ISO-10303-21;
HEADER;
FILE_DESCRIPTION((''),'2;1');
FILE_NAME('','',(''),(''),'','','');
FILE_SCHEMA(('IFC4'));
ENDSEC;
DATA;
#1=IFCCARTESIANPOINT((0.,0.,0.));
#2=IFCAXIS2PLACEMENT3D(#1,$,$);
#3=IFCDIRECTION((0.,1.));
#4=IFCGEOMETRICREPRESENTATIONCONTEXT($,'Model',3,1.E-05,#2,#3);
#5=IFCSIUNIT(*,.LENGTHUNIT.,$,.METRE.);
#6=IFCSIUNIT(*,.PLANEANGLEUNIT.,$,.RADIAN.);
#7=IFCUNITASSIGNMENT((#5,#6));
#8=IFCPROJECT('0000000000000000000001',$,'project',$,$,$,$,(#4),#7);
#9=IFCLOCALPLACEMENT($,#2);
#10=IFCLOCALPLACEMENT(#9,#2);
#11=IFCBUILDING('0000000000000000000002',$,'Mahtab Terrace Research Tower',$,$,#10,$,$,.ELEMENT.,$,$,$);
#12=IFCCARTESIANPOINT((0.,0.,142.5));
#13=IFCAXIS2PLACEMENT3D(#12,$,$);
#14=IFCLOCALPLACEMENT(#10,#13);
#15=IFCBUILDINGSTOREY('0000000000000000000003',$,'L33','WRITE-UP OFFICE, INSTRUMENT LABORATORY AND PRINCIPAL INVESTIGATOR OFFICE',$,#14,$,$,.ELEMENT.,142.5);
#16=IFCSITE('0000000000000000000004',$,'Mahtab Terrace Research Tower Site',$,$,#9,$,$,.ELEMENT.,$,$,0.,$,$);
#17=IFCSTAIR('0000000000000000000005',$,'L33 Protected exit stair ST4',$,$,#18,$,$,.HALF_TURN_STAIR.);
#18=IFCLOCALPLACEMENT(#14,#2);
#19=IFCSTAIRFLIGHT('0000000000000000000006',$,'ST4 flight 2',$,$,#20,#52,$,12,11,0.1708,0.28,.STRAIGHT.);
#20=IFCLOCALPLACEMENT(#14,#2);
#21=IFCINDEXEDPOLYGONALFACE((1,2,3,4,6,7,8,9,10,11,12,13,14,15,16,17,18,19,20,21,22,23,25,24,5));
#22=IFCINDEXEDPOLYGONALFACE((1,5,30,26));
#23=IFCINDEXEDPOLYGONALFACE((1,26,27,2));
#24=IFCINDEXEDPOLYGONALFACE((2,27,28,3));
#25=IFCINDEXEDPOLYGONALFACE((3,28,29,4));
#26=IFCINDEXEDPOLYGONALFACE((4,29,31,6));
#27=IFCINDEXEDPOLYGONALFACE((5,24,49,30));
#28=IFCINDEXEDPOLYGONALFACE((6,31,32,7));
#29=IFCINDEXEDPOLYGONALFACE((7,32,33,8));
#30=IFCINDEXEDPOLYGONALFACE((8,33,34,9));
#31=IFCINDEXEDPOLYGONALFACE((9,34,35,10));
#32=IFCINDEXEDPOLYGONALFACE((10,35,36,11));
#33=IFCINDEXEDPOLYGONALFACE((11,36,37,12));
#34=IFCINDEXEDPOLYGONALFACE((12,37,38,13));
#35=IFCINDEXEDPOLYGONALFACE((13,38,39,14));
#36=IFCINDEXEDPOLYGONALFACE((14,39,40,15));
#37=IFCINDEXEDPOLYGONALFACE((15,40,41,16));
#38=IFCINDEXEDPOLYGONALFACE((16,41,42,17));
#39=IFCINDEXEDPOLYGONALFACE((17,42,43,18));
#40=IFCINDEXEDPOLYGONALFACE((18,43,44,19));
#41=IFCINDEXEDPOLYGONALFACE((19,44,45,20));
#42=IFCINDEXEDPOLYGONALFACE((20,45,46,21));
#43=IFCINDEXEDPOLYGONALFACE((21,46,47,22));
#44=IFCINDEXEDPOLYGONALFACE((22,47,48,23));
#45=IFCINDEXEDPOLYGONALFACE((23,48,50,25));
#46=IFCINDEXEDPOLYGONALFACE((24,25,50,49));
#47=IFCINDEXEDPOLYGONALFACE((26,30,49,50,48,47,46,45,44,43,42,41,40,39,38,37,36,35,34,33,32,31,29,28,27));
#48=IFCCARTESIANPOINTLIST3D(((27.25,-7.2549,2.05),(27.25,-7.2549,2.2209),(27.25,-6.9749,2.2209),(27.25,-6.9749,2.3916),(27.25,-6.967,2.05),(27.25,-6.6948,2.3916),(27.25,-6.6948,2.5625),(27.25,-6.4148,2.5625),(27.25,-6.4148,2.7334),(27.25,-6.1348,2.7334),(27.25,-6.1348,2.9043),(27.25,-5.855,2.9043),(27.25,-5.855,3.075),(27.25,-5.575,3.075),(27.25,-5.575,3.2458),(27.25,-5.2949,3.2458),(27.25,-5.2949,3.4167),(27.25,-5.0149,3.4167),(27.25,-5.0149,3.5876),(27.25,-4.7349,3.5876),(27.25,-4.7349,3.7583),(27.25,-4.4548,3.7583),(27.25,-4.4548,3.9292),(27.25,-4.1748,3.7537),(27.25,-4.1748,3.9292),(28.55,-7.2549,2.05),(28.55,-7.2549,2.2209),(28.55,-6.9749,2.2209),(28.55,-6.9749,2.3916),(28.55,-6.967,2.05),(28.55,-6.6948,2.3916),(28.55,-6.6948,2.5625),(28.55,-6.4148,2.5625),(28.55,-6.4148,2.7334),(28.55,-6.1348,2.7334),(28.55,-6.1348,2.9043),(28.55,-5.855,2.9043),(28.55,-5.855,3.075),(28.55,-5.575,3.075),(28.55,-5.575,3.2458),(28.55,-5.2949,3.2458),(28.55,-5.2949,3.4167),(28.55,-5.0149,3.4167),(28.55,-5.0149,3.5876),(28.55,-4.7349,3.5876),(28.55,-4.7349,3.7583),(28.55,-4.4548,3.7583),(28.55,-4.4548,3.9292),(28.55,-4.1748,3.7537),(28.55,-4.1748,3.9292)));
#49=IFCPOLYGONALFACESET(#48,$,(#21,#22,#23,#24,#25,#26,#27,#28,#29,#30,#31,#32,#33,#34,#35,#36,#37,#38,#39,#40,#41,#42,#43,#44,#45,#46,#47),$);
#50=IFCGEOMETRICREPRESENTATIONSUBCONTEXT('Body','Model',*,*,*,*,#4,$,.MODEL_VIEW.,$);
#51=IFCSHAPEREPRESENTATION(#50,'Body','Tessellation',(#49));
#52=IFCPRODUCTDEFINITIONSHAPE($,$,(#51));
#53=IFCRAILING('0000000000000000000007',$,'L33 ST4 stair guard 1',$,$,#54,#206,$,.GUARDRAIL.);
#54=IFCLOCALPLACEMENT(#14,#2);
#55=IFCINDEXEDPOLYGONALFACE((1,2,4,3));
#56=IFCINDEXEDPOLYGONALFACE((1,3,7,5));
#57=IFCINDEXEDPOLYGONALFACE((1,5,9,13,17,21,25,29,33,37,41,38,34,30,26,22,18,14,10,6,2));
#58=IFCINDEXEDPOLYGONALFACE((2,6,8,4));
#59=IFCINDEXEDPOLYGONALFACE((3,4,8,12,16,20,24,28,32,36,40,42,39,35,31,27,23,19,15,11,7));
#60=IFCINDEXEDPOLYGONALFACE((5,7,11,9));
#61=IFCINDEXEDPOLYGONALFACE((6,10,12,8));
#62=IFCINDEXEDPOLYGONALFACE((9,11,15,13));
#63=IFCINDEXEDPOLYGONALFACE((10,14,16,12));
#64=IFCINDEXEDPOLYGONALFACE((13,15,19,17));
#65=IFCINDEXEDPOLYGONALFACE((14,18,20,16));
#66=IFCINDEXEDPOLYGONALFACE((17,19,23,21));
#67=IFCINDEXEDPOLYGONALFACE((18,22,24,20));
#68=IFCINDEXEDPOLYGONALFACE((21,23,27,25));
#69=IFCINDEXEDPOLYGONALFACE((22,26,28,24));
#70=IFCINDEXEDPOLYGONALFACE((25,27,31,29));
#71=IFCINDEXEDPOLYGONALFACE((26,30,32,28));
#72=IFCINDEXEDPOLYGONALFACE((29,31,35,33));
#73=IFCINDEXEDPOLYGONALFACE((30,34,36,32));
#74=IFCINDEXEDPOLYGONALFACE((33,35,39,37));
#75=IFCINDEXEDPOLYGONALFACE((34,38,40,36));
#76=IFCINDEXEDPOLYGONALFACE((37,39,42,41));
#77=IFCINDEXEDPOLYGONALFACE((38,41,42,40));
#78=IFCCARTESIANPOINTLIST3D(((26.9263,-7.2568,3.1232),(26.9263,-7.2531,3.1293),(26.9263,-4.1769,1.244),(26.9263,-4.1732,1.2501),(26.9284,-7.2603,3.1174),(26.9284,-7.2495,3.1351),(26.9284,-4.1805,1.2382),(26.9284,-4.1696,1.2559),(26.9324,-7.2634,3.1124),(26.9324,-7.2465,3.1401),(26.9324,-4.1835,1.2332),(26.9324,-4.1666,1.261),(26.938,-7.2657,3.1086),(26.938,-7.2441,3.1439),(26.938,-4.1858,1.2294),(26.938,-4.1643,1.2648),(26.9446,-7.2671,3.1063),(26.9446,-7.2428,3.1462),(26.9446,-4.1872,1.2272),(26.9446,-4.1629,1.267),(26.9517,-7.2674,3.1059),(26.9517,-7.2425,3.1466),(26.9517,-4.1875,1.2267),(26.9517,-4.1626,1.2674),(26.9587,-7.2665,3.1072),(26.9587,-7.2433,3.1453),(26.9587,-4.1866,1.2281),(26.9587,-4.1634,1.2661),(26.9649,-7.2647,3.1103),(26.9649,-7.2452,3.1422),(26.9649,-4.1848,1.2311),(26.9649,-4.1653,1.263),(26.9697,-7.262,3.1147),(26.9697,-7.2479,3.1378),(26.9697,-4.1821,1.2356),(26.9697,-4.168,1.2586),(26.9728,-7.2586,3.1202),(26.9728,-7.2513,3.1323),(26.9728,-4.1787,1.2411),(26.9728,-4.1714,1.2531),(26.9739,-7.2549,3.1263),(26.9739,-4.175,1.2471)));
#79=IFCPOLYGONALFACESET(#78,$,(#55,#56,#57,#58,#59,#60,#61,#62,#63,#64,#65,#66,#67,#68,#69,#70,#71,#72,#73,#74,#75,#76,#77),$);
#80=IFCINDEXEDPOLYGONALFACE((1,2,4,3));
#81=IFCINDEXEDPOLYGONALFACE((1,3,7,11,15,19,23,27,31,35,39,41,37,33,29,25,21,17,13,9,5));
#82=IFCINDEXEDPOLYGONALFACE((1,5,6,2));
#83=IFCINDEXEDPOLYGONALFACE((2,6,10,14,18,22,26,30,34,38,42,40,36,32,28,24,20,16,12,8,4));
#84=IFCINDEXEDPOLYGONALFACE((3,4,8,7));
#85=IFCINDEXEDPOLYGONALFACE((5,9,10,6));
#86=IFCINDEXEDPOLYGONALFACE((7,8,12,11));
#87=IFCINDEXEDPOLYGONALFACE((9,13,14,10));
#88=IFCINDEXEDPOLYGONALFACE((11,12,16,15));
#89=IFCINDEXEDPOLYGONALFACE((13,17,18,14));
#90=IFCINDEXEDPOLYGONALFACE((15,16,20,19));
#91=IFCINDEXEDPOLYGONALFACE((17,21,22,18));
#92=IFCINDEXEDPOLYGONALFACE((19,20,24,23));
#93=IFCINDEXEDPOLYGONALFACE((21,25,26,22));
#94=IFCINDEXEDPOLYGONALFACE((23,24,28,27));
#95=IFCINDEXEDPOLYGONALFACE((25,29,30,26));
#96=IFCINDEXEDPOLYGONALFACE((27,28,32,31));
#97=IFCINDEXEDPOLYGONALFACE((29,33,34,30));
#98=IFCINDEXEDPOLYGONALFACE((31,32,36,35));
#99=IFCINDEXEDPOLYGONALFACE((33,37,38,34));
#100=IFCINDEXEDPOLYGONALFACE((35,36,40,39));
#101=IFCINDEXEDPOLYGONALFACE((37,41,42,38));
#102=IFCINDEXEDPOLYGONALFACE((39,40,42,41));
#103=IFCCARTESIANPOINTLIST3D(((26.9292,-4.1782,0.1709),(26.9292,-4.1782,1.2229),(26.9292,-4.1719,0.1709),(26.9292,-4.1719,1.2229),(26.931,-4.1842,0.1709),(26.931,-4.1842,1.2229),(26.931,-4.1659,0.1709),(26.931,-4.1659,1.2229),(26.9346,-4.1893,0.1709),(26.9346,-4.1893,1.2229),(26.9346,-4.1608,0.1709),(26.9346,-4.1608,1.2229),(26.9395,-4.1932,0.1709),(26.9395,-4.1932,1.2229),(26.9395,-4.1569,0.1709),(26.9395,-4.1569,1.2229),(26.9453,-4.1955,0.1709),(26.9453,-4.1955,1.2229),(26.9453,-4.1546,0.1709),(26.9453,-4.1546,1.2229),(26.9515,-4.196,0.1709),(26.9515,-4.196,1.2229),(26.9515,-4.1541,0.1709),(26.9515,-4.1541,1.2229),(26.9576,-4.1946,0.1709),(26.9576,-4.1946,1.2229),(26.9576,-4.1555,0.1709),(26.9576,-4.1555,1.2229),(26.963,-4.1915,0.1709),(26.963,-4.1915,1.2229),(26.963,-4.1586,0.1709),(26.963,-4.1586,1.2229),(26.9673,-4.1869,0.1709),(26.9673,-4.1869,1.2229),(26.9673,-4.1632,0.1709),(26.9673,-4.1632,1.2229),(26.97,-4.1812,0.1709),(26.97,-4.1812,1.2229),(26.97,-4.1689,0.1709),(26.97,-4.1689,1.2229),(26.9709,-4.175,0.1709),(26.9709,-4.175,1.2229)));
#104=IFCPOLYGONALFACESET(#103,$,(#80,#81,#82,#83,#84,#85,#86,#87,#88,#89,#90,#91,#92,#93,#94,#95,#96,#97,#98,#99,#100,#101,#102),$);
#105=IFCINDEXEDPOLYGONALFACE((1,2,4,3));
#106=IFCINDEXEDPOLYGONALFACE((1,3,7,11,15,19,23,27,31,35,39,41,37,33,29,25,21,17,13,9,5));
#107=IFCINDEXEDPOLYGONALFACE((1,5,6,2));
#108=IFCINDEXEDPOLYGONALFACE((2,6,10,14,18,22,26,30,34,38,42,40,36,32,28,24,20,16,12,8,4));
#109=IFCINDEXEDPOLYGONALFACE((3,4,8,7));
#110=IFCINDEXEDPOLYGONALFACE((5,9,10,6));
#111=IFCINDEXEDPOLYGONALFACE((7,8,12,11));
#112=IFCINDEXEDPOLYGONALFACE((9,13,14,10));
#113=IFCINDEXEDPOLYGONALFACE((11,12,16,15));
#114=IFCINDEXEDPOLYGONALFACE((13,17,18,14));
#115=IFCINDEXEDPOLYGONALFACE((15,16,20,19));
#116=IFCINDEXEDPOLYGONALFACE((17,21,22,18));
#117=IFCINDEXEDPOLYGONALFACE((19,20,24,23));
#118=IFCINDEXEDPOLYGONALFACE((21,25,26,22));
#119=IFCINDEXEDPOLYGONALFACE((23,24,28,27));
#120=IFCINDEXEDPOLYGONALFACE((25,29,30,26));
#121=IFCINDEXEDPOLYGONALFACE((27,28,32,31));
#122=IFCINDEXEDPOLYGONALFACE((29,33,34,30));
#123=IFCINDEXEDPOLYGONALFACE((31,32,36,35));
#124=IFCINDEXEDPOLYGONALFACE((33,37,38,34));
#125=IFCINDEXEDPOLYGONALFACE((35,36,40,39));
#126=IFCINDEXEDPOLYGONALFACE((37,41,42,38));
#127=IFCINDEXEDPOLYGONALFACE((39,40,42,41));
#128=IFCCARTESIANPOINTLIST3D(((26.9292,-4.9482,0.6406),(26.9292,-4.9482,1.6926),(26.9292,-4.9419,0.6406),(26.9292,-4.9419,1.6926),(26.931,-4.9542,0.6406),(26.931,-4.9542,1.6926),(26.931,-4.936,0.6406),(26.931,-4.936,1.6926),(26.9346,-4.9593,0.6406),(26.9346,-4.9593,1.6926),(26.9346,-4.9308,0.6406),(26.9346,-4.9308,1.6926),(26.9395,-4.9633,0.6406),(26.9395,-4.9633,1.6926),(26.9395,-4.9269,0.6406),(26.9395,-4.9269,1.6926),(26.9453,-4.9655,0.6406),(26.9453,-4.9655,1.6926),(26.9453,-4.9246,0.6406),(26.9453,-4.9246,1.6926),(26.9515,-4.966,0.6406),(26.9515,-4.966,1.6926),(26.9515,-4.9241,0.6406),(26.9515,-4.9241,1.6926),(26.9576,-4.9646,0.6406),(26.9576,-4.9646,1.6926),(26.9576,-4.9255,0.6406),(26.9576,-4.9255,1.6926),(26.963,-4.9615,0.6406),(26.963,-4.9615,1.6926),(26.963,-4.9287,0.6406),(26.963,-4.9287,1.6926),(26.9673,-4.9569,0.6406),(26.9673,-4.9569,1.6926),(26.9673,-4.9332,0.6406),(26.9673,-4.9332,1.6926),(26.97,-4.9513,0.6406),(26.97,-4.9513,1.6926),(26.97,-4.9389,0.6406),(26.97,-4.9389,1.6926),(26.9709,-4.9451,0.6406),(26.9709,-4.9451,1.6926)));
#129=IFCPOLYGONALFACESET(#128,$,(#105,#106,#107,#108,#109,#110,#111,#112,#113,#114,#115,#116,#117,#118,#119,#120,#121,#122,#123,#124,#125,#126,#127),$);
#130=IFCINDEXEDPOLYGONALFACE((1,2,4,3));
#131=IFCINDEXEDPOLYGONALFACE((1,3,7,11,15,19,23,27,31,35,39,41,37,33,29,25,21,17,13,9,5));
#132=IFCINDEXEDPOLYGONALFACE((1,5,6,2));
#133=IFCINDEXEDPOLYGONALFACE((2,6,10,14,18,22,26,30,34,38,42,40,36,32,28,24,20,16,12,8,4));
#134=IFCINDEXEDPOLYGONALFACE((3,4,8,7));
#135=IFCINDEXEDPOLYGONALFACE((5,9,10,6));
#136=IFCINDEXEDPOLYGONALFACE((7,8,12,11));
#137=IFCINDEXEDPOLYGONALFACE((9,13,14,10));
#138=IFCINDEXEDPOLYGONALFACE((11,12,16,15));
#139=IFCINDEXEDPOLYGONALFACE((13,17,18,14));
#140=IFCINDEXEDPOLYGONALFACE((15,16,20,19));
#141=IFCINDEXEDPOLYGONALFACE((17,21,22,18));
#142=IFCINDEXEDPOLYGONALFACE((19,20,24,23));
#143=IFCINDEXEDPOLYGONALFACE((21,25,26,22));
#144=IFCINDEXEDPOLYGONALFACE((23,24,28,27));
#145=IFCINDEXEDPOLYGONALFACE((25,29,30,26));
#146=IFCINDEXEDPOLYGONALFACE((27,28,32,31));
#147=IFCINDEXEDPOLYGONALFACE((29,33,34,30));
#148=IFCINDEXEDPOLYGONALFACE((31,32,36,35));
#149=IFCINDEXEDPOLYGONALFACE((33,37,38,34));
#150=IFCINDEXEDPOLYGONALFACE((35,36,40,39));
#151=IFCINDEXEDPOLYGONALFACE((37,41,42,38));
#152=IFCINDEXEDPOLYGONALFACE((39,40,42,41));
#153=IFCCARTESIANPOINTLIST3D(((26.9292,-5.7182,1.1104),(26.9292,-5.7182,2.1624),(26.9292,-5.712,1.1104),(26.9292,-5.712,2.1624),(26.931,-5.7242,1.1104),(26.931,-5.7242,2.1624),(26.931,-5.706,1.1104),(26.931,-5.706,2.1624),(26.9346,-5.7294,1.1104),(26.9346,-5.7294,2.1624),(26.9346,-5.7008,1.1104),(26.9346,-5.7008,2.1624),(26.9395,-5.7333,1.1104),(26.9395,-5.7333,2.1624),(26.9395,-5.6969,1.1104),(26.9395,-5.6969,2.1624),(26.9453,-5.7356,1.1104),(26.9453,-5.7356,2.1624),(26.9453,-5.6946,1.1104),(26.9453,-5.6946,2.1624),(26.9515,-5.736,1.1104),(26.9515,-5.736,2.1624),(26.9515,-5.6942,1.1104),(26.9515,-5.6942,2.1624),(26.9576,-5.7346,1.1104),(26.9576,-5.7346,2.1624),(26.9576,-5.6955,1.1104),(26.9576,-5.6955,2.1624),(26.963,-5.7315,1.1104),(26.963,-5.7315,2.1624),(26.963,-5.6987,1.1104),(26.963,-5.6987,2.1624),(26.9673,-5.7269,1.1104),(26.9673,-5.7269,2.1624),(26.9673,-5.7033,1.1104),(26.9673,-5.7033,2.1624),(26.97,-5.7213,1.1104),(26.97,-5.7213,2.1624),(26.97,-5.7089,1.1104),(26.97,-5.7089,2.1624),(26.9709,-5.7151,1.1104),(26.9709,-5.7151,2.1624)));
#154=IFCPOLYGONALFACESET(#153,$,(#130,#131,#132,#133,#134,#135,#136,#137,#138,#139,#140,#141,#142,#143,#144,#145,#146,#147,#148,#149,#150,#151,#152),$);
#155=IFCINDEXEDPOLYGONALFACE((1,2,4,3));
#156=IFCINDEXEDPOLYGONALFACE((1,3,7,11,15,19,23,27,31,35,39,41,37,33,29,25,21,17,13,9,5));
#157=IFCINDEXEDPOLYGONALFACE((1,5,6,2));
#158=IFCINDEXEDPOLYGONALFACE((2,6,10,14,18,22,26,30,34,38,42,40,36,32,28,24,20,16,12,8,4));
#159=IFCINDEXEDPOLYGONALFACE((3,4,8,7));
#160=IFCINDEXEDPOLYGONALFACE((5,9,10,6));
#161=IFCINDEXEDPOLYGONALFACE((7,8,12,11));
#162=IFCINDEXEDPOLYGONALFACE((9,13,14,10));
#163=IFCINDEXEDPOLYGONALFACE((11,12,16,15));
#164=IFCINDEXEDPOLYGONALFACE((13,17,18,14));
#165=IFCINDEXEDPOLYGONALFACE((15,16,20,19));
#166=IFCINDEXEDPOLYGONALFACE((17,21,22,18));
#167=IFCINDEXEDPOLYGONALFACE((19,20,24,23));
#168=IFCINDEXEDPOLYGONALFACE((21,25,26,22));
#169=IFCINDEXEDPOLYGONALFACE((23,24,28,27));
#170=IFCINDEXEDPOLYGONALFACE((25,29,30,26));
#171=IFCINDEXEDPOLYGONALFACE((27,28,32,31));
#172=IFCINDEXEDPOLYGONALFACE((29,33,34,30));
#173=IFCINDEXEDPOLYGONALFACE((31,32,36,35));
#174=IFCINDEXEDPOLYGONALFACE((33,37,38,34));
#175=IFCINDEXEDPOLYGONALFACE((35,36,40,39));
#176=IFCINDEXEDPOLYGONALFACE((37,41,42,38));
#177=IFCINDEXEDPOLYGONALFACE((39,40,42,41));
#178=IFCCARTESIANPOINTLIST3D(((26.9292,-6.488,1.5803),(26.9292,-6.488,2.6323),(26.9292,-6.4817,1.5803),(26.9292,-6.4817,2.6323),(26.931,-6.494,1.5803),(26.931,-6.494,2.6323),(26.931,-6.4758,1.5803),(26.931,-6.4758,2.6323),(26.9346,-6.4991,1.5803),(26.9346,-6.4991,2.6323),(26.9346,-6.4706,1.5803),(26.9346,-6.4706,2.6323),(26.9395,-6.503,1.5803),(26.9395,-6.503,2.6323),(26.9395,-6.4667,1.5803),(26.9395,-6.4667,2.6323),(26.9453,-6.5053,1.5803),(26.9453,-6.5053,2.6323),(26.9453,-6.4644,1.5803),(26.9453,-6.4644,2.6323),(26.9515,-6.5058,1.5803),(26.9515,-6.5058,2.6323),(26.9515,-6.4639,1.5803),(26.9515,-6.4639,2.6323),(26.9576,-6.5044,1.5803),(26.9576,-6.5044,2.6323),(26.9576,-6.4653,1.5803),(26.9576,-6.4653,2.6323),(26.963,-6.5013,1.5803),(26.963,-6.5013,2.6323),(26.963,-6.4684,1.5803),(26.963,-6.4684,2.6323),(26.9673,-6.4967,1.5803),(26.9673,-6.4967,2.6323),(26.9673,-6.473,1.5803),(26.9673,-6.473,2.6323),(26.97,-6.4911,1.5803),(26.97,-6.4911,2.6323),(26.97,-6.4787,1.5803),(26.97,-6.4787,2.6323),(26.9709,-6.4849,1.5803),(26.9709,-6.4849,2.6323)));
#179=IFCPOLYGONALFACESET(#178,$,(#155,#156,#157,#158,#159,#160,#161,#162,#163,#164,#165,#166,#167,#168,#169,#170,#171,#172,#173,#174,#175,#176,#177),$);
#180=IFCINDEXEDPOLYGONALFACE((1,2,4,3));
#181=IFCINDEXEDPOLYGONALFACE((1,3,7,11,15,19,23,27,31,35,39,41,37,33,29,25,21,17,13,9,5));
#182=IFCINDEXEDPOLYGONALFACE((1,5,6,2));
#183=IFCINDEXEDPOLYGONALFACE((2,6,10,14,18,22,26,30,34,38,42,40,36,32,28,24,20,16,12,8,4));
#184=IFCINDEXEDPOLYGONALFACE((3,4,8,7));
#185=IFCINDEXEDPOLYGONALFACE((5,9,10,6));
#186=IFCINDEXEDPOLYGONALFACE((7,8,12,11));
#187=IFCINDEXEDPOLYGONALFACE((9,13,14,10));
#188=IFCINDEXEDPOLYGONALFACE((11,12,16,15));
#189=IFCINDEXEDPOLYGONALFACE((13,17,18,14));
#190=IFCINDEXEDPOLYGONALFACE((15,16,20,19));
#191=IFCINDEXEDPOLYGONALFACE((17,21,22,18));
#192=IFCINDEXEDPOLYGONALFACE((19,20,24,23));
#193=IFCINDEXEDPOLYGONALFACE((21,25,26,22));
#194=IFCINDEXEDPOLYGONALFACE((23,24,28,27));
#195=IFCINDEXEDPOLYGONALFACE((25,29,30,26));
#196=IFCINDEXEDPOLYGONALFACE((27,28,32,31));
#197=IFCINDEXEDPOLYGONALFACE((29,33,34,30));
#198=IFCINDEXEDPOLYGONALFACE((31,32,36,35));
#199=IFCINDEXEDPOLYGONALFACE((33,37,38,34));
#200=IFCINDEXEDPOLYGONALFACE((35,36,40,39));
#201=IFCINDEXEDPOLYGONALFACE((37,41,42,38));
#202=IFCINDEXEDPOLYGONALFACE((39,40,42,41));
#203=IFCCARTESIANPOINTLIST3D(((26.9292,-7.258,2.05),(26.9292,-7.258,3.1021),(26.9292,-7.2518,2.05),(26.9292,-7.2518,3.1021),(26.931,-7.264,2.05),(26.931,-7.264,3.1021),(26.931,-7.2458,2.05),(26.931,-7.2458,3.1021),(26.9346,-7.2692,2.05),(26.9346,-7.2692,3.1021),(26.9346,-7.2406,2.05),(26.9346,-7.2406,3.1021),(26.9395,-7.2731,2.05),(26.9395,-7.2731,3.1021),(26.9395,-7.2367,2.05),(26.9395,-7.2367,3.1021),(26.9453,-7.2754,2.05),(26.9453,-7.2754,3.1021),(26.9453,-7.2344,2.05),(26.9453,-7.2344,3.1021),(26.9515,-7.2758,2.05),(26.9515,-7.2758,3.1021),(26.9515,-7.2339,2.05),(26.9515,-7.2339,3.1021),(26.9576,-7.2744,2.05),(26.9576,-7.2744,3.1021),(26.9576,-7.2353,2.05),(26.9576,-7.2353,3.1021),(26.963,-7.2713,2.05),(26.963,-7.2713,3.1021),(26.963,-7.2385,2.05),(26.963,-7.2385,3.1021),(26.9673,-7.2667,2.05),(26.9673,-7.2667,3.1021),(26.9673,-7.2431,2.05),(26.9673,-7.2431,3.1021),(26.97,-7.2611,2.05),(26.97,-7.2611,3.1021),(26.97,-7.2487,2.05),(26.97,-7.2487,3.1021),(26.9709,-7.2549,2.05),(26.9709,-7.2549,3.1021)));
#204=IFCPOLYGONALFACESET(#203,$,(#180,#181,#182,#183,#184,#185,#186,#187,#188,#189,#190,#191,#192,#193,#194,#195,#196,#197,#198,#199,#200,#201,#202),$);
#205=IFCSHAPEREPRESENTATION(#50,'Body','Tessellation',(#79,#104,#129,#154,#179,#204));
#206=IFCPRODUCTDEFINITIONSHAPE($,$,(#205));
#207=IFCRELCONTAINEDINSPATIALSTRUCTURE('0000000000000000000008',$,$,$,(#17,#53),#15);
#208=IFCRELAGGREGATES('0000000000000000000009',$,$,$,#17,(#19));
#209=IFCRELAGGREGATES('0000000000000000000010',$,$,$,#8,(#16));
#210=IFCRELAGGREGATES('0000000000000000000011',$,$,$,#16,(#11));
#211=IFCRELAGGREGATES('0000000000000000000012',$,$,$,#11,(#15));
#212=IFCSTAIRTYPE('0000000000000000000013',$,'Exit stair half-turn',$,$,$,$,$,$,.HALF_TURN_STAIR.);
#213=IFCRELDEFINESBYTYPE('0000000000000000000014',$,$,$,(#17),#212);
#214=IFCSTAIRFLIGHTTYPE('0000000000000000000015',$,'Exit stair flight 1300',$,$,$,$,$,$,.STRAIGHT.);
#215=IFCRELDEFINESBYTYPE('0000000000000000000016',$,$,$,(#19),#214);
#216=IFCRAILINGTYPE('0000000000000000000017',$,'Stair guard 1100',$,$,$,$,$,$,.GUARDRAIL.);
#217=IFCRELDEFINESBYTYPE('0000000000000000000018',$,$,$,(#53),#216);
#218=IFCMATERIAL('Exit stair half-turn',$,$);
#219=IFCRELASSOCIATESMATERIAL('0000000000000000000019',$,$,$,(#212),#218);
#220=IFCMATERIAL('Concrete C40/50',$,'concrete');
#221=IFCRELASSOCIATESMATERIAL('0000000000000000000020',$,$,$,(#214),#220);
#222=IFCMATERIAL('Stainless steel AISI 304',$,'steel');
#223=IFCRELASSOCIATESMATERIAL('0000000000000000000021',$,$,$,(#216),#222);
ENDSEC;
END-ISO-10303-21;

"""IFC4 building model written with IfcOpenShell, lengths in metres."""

from ifc_helpers import new_model, si_unit, direction, frame, origin, origin_2d, place, context, subcontext, project, spatial, polyline, circle, outline, extrude, material, type_object, element, aggregate, save


model = new_model("IFC4")

# Units and contexts
model_context = context("Model", 3, precision=1e-05, world=origin(), true_north=direction((0.0, 1.0)))
body_context = subcontext(model_context, "Body", "Model", "MODEL_VIEW")
ifc_project = project(units=[si_unit("LENGTHUNIT", "METRE"), si_unit("PLANEANGLEUNIT", "RADIAN")], contexts=[model_context])

# Site, building, storey
site_placement = place(None, origin())
site = spatial("IfcSite", under=ifc_project, at=site_placement, Name="Mahtab Terrace Research Tower Site", CompositionType="ELEMENT", RefElevation=0.0)
building_placement = place(site_placement, origin())
building = spatial("IfcBuilding", under=site, at=building_placement, Name="Mahtab Terrace Research Tower", CompositionType="ELEMENT")
storey_placement = place(building_placement, frame((0.0, 0.0, 142.5)))
storey = spatial("IfcBuildingStorey", under=building, at=storey_placement, Name="L33", Description="WRITE-UP OFFICE, INSTRUMENT LABORATORY AND PRINCIPAL INVESTIGATOR OFFICE", CompositionType="ELEMENT", Elevation=142.5)

# Stair, stair flight
ifc_material_1 = material(Name="Exit stair half-turn")
stair_type = type_object("IfcStairType", Name="Exit stair half-turn", PredefinedType="HALF_TURN_STAIR", material=ifc_material_1)
stair_placement = place(storey_placement, origin())
stair = element("IfcStair", 1, at=stair_placement, inside=storey, type_object=stair_type, Name="L33 Protected exit stair ST4", PredefinedType="HALF_TURN_STAIR")
ifc_material_2 = material(Name="Concrete C40/50", Category="concrete")
stair_flight_type = type_object("IfcStairFlightType", Name="Exit stair flight 1300", PredefinedType="STRAIGHT", material=ifc_material_2)
stair_flight_1_placement = place(storey_placement, frame((27.8999, -7.2549, 2.05), z_axis=(0.0, 0.0, 1.0), x_axis=(0.0, 1.0, 0.0)))
stair_flight_1 = element("IfcStairFlight", 2, at=stair_flight_1_placement, type_object=stair_flight_type, Name="ST4 flight 2", NumberOfRisers=12, NumberOfTreads=11, PredefinedType="STRAIGHT", RiserHeight=0.1708, TreadLength=0.28, context=body_context, shape_type="SweptSolid", body=[
    extrude(outline(polyline([(0.0, 0.0), (0.0, 0.1709), (0.28, 0.1709), (0.28, 0.3416), (0.5601, 0.3416), (0.5601, 0.5125), (0.8401, 0.5125), (0.8401, 0.6833), (1.1201, 0.6833), (1.1201, 0.8542), (1.3999, 0.8542), (1.3999, 1.0249), (1.6799, 1.0249), (1.6799, 1.1958), (1.96, 1.1958), (1.96, 1.3667), (2.24, 1.3667), (2.24, 1.5376), (2.52, 1.5376), (2.52, 1.7083), (2.8, 1.7083), (2.8, 1.8792), (3.0801, 1.8792), (3.0801, 2.05), (3.0801, 1.7036), (0.2878, 0.0), (0.0, 0.0)])), frame((0.0, 0.6499, 0.0), z_axis=(0.0, -1.0, 0.0), x_axis=(1.0, 0.0, 0.0)), (0.0, 0.0, 1.0), 1.3),
])
aggregate(stair, [stair_flight_1])

# Railing
ifc_material_3 = material(Name="Stainless steel AISI 304", Category="steel")
railing_type_1 = type_object("IfcRailingType", Name="Stair guard 1100", PredefinedType="GUARDRAIL", material=ifc_material_3)
railing_1_placement = place(storey_placement, frame((26.95, -4.175, 0.1709)))
element("IfcRailing", 3, at=railing_1_placement, inside=storey, type_object=railing_type_1, Name="L33 ST4 stair guard 1", PredefinedType="GUARDRAIL", context=body_context, shape_type="SweptSolid", body=[
    extrude(circle(Radius=0.0239, at=origin_2d()), frame((0.0, 0.0, 1.0762), z_axis=(0.0, -0.853648, 0.52085), x_axis=(1.0, 0.0, 0.0)), (0.0, 0.0, 1.0), 3.6079),
    extrude(circle(Radius=0.021, at=origin_2d()), origin(), (0.0, 0.0, 1.0), 1.052),
    extrude(circle(Radius=0.021, at=origin_2d()), frame((0.0, -0.77, 0.4697)), (0.0, 0.0, 1.0), 1.052),
    extrude(circle(Radius=0.021, at=origin_2d()), frame((0.0, -1.54, 0.9395)), (0.0, 0.0, 1.0), 1.052),
    extrude(circle(Radius=0.021, at=origin_2d()), frame((0.0, -2.3098, 1.4094)), (0.0, 0.0, 1.0), 1.052),
    extrude(circle(Radius=0.021, at=origin_2d()), frame((0.0, -3.0798, 1.8792)), (0.0, 0.0, 1.0), 1.052),
])

save(model, "model.ifc")
